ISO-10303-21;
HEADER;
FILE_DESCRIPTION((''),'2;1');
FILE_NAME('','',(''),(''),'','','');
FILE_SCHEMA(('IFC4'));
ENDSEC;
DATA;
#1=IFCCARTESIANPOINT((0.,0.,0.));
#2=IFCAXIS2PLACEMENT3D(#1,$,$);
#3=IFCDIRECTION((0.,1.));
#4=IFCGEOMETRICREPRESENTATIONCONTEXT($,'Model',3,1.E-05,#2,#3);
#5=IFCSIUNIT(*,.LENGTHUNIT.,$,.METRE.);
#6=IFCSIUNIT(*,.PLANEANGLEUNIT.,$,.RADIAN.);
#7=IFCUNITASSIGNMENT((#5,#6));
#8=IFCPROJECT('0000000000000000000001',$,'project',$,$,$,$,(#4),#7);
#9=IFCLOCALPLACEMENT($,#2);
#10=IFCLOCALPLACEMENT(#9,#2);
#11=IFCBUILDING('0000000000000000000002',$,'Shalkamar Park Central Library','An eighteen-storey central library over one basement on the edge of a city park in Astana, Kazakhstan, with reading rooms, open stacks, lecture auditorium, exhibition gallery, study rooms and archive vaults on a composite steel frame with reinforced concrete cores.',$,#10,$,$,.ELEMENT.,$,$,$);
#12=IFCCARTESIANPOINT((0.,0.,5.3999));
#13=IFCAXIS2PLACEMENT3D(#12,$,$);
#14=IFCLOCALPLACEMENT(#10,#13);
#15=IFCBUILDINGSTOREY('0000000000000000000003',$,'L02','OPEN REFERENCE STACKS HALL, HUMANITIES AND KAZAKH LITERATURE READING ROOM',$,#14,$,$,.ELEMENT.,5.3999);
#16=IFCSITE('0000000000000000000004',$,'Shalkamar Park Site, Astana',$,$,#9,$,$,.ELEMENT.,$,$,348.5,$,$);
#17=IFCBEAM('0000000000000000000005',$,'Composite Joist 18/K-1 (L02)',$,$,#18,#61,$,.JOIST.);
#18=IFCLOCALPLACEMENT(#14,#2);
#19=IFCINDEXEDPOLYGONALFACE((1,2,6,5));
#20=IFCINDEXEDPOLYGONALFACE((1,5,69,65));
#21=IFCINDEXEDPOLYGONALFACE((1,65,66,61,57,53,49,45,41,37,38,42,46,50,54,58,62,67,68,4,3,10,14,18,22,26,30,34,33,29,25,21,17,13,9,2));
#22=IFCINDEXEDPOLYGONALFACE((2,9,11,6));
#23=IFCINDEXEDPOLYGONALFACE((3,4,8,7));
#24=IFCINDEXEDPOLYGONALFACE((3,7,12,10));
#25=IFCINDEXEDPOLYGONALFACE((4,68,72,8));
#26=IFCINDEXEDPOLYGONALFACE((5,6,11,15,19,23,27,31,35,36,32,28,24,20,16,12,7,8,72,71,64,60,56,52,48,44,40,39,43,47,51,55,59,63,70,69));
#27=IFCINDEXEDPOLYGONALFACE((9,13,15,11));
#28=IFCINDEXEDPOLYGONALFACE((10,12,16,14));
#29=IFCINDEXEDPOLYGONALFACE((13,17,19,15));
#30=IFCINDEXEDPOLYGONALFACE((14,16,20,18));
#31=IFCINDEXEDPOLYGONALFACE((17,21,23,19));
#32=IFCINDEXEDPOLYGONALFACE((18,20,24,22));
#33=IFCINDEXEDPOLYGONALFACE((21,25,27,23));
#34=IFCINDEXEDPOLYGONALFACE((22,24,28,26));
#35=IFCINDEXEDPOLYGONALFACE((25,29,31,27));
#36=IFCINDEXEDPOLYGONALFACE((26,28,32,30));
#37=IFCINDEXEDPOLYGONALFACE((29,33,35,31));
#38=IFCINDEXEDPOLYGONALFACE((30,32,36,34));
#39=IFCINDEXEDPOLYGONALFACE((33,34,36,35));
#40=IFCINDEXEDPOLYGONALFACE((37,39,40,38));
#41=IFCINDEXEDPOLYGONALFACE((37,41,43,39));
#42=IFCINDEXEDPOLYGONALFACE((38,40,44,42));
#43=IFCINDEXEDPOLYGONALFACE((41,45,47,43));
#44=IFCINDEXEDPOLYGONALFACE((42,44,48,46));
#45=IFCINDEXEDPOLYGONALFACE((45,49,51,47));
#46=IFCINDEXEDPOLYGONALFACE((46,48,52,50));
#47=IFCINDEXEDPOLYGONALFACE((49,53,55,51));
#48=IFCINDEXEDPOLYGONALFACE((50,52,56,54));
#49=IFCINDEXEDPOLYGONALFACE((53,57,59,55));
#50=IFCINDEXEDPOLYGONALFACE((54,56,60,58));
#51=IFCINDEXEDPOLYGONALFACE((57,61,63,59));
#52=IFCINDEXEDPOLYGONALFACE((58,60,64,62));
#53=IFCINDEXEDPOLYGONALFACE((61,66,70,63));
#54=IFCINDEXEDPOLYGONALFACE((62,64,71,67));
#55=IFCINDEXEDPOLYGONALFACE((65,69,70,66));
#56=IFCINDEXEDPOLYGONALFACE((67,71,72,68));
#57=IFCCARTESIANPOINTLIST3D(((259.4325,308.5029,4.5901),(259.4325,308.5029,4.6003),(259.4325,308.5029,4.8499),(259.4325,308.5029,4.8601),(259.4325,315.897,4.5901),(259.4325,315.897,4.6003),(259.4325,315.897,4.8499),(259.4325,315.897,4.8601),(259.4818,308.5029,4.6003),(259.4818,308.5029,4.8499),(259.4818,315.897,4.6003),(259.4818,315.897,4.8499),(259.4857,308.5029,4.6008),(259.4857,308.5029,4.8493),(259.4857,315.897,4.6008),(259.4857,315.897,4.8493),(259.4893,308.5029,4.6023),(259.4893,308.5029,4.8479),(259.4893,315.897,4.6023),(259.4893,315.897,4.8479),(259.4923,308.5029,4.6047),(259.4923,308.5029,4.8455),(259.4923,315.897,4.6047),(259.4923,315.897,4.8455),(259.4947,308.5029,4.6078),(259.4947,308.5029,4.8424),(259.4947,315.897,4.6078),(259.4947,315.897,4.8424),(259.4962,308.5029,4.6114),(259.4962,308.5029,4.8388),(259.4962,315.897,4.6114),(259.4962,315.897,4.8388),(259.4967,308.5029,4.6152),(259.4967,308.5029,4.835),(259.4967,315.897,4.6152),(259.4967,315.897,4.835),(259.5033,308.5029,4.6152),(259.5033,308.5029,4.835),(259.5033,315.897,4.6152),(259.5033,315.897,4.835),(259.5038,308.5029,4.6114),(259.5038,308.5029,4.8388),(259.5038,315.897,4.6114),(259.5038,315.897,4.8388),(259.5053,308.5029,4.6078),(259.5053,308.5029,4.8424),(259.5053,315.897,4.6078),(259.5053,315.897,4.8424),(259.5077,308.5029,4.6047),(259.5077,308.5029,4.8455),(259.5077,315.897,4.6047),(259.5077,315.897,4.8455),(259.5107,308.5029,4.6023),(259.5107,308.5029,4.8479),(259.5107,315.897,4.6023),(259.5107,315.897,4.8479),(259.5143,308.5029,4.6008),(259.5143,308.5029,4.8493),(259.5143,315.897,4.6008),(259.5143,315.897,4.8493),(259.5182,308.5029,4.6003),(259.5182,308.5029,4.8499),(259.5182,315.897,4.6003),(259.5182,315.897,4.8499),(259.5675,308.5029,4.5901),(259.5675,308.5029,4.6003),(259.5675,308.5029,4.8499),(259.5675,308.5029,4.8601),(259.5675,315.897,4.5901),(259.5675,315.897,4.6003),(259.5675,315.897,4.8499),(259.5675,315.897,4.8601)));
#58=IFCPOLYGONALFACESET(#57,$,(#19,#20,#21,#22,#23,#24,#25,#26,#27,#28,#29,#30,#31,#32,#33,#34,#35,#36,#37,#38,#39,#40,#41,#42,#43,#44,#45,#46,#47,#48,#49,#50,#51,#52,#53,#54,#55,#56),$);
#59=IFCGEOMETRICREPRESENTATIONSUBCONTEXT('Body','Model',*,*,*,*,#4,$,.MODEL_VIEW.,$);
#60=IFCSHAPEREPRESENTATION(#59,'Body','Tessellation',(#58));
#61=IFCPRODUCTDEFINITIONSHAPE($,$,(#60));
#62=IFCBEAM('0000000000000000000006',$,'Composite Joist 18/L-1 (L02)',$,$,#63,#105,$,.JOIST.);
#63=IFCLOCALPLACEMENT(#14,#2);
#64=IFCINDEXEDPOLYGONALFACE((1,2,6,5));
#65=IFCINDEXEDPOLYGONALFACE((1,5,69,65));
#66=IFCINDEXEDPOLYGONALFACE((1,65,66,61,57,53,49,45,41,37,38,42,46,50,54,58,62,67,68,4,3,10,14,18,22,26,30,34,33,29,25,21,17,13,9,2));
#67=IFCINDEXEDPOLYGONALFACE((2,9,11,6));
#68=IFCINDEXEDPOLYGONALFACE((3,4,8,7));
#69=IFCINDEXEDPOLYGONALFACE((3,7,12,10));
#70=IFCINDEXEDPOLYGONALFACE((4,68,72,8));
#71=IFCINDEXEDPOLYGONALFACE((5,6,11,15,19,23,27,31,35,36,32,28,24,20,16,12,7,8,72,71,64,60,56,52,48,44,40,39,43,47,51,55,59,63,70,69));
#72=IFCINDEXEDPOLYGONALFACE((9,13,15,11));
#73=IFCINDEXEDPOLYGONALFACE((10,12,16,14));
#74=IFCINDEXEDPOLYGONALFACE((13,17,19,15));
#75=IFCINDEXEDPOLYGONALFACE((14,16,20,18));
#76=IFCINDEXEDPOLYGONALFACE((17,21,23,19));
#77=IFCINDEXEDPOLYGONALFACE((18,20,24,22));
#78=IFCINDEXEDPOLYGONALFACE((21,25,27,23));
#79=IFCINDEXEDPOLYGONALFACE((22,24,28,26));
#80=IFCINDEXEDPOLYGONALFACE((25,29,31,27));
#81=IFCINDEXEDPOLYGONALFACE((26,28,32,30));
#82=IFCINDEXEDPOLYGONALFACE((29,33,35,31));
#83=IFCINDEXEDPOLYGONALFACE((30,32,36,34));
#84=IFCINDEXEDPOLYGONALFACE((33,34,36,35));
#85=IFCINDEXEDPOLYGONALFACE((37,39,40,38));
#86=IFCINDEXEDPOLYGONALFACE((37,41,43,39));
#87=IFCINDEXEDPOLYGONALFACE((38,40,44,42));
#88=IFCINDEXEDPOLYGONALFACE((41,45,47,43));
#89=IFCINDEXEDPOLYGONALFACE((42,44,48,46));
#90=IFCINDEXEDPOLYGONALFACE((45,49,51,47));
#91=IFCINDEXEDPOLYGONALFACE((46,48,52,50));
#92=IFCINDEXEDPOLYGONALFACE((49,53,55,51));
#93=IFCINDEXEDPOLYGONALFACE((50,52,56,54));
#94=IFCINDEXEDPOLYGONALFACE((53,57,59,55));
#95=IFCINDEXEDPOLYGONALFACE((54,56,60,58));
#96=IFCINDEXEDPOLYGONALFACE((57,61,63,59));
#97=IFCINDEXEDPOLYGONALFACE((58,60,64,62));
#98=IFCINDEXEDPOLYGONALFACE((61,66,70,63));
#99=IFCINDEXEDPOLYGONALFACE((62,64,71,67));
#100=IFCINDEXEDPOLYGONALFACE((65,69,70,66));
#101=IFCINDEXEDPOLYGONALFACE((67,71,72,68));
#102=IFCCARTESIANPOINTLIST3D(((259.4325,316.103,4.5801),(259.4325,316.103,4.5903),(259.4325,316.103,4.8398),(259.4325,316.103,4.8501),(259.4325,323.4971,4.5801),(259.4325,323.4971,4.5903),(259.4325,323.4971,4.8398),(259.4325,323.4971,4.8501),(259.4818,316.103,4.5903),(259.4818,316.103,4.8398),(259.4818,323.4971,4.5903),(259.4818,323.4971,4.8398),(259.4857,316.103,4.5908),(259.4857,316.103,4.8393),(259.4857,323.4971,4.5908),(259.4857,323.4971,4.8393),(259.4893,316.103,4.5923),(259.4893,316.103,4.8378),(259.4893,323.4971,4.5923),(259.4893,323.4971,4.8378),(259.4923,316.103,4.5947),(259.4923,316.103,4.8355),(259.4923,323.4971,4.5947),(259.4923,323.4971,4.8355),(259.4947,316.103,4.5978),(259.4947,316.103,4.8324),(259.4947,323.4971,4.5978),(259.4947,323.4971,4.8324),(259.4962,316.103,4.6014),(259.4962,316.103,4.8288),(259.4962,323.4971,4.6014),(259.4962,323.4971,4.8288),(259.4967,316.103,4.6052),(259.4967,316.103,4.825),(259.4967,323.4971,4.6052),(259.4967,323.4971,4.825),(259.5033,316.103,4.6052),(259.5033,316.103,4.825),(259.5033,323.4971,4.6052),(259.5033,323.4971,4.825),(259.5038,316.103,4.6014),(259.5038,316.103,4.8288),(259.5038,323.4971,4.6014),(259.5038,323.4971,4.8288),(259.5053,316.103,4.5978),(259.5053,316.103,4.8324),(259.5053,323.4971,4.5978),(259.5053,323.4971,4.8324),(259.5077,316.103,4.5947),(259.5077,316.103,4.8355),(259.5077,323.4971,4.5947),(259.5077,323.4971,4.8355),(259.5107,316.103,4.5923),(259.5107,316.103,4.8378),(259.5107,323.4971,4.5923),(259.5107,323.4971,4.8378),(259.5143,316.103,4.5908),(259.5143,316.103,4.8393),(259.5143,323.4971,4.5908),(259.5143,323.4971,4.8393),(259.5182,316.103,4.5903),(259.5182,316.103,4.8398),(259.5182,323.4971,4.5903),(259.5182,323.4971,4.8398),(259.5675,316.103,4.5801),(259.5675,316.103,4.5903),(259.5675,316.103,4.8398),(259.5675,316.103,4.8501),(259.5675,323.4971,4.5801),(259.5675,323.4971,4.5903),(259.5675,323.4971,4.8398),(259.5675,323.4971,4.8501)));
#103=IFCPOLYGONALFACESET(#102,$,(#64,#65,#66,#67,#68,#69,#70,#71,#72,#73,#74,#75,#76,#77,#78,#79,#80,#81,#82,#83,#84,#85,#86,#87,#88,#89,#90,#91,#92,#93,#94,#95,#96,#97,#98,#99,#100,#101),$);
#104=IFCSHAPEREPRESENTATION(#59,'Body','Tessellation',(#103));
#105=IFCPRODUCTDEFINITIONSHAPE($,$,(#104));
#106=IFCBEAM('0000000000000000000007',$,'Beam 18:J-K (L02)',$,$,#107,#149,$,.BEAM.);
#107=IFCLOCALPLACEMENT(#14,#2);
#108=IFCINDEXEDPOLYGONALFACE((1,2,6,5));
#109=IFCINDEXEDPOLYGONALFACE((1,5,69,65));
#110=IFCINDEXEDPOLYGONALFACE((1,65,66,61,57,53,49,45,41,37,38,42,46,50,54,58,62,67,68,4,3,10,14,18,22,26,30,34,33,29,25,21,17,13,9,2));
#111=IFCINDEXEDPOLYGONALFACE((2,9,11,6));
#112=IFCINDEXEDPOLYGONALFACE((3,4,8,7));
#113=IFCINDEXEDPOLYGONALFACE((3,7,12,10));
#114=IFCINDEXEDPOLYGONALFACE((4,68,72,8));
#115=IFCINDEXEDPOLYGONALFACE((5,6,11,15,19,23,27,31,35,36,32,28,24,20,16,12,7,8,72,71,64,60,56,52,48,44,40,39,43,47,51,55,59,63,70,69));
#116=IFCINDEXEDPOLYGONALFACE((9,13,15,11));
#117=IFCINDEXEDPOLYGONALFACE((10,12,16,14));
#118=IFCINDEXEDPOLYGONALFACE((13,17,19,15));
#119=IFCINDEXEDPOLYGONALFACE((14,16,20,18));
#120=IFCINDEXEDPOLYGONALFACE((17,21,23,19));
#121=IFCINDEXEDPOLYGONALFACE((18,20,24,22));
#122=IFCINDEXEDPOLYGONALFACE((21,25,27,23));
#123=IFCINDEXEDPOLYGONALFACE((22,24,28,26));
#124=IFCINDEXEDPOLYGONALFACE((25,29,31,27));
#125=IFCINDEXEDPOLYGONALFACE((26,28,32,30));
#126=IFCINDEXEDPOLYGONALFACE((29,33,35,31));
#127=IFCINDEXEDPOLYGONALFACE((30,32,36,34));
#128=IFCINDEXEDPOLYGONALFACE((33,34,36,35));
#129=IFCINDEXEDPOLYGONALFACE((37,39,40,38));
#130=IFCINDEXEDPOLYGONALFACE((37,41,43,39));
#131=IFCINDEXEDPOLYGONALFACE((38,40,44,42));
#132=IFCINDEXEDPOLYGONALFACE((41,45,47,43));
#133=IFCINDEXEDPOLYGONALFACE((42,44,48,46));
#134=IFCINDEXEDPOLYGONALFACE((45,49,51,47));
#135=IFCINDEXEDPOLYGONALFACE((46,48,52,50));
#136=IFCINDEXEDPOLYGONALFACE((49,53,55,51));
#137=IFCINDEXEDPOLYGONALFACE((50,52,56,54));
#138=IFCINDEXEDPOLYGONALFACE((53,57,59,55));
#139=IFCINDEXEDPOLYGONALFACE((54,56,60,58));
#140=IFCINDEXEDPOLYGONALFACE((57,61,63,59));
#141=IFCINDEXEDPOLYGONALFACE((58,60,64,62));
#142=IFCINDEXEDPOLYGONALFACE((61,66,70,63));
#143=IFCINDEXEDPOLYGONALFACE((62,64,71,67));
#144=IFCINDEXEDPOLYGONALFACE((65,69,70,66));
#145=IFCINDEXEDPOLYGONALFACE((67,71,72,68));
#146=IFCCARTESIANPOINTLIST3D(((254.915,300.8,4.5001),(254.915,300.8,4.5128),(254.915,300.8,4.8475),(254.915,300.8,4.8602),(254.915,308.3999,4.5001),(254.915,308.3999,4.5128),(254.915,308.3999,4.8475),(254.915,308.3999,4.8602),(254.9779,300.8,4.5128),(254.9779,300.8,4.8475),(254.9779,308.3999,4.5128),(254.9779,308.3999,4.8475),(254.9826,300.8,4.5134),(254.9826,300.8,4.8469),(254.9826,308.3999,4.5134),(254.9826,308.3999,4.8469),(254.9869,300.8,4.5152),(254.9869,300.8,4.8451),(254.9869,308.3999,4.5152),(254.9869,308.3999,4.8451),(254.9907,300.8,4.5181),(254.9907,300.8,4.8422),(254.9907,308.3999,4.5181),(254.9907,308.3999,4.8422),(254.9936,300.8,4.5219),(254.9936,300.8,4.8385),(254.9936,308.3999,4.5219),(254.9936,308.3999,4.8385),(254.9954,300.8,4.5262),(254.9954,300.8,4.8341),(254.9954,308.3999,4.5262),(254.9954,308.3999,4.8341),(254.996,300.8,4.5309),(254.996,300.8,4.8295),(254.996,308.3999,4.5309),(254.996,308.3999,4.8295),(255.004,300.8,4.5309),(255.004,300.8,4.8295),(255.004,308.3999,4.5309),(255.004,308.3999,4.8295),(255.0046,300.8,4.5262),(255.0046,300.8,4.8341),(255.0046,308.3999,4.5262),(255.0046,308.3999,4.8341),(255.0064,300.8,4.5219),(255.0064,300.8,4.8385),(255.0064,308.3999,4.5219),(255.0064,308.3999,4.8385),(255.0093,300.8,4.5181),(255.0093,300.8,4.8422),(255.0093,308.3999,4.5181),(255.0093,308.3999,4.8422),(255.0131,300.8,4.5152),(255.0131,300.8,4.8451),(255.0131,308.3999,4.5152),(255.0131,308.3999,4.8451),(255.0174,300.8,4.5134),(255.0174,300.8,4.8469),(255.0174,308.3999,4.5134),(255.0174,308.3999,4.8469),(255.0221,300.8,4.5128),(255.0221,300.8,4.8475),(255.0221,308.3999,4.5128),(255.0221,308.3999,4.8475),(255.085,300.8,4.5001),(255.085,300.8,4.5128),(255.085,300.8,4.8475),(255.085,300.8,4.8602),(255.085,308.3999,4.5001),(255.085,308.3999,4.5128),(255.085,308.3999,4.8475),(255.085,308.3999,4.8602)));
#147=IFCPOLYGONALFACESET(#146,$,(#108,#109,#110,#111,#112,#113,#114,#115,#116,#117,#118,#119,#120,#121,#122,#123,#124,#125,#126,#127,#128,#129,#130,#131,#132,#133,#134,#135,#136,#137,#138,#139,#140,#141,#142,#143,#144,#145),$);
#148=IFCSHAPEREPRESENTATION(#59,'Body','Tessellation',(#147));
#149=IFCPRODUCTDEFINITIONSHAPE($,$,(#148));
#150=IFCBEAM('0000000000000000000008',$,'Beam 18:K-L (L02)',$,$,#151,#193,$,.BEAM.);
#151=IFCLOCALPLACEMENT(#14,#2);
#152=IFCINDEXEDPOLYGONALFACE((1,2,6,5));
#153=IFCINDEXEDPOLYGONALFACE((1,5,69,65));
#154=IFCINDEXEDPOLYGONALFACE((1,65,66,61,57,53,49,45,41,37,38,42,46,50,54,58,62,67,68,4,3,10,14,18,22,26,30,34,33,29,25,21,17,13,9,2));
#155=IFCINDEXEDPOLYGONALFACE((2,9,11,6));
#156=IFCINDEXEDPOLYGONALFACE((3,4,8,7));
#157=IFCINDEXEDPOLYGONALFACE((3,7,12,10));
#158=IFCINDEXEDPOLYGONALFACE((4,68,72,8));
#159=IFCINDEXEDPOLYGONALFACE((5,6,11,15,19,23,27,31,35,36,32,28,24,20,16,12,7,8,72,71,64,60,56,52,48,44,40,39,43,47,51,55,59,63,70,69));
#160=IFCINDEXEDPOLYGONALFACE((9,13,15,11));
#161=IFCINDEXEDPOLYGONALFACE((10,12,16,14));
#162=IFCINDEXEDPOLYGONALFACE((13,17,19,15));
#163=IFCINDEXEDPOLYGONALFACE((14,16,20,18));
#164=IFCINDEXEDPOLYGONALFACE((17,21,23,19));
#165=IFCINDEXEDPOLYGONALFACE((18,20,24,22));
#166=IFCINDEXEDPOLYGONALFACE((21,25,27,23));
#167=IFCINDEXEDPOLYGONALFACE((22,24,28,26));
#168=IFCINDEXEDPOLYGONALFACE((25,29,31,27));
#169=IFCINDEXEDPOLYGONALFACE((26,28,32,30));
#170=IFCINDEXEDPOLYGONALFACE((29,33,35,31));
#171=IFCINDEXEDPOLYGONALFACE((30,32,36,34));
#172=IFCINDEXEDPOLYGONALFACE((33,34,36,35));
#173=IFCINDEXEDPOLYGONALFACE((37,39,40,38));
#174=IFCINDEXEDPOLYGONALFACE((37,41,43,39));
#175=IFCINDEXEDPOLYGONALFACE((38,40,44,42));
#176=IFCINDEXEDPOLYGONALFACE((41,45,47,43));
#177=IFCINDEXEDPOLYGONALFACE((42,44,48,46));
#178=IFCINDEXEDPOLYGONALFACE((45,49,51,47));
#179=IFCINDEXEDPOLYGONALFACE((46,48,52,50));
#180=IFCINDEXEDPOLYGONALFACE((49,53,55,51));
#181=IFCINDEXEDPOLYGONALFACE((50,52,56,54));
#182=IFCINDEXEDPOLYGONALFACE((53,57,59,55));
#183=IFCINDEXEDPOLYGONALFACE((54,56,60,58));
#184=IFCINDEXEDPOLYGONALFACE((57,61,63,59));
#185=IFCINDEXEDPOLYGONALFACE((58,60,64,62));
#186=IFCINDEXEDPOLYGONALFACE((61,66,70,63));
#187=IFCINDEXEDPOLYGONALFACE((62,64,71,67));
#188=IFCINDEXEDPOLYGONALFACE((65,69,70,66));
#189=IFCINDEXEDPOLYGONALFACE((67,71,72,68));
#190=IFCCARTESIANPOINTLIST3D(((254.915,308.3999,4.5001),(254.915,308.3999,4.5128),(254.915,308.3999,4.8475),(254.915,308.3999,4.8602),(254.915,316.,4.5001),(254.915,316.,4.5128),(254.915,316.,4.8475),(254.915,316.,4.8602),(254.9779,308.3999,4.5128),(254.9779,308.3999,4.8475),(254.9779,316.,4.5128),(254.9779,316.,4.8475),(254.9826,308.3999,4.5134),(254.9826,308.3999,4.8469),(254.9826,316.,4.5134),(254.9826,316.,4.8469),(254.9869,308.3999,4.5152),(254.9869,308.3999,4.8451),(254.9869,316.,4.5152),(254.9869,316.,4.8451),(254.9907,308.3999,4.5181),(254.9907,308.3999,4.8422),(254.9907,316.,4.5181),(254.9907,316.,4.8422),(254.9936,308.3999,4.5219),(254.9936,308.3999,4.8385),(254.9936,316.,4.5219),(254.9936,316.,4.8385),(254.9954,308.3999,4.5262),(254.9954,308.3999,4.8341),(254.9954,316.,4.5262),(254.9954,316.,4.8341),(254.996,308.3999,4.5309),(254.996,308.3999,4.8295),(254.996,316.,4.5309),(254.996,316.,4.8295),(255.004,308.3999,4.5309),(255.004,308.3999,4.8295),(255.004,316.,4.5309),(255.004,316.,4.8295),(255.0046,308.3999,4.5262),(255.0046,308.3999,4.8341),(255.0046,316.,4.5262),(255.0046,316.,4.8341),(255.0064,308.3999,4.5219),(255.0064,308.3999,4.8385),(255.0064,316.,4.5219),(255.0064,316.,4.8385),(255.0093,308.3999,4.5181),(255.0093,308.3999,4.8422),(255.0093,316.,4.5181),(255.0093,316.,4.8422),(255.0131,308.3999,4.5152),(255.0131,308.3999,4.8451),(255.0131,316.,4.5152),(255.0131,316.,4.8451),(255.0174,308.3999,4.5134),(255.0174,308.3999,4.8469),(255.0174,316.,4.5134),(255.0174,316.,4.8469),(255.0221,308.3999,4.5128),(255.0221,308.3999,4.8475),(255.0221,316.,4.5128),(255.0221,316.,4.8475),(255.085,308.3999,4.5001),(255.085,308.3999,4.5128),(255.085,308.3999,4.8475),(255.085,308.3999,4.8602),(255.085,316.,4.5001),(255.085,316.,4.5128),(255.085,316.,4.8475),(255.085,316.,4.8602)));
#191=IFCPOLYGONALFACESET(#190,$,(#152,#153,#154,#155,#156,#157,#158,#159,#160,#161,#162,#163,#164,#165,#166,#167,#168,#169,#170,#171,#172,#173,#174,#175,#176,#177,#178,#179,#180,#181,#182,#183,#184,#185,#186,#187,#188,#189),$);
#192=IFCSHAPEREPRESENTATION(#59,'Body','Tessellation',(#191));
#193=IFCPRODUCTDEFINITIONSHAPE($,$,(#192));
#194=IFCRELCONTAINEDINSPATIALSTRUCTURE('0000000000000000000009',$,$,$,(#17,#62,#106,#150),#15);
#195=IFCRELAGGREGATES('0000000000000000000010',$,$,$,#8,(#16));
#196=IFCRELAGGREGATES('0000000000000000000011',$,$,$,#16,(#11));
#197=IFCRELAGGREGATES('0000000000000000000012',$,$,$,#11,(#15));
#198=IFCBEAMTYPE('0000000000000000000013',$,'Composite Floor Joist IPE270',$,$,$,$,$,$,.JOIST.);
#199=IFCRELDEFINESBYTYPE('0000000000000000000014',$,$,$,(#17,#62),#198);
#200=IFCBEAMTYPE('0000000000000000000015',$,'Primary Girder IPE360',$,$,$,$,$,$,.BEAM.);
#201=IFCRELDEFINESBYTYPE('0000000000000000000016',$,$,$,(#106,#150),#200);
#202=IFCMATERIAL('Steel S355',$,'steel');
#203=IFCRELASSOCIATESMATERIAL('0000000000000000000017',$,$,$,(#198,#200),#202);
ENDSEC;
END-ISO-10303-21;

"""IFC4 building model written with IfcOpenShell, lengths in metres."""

from ifc_helpers import new_model, si_unit, direction, frame, origin, origin_2d, place, context, subcontext, project, spatial, i_section, extrude, material, material_profile, profile_set, type_object, element, save


model = new_model("IFC4")

# Units and contexts
model_context = context("Model", 3, precision=1e-05, world=origin(), true_north=direction((0.0, 1.0)))
body_context = subcontext(model_context, "Body", "Model", "MODEL_VIEW")
ifc_project = project(units=[si_unit("LENGTHUNIT", "METRE"), si_unit("PLANEANGLEUNIT", "RADIAN")], contexts=[model_context])

# Site, building, storey
site_placement = place(None, origin())
site = spatial("IfcSite", under=ifc_project, at=site_placement, Name="Shalkamar Park Site, Astana", CompositionType="ELEMENT", RefElevation=348.5)
building_placement = place(site_placement, origin())
building = spatial("IfcBuilding", under=site, at=building_placement, Name="Shalkamar Park Central Library", Description="An eighteen-storey central library over one basement on the edge of a city park in Astana, Kazakhstan, with reading rooms, open stacks, lecture auditorium, exhibition gallery, study rooms and archive vaults on a composite steel frame with reinforced concrete cores.", CompositionType="ELEMENT")
storey_placement = place(building_placement, frame((0.0, 0.0, 5.3999)))
storey = spatial("IfcBuildingStorey", under=building, at=storey_placement, Name="L02", Description="OPEN REFERENCE STACKS HALL, HUMANITIES AND KAZAKH LITERATURE READING ROOM", CompositionType="ELEMENT", Elevation=5.3999)

# Shared definitions
ifc_material_1 = material(Name="Steel S355", Category="steel")

# Beams
ifc_material_profile_1 = material_profile(ifc_material_1, i_section(OverallWidth=0.135, OverallDepth=0.27, WebThickness=0.0066, FlangeThickness=0.0103, FilletRadius=0.0149, at=origin_2d()), Name="IPE 270")
ifc_profile_set_1 = profile_set([ifc_material_profile_1], Name="Steel S355")
beam_type_1 = type_object("IfcBeamType", Name="Composite Floor Joist IPE270", PredefinedType="JOIST", material=ifc_profile_set_1)
for number, where, z_axis, x_axis, name in (
    (1, (259.5, 308.5029, 4.7251), (0.0, 1.0, 0.0), (-1.0, 0.0, 0.0), "Composite Joist 18/K-1 (L02)"),
    (2, (259.5, 316.103, 4.7151), (0.0, 1.0, 0.0), (-1.0, 0.0, 0.0), "Composite Joist 18/L-1 (L02)"),
):
    element("IfcBeam", number, at=place(storey_placement, frame(where, z_axis=z_axis, x_axis=x_axis)), inside=storey, type_object=beam_type_1, Name=name, PredefinedType="JOIST", context=body_context, shape_type="SweptSolid", body=[
        extrude(i_section(OverallWidth=0.135, OverallDepth=0.27, WebThickness=0.0066, FlangeThickness=0.0103, FilletRadius=0.0149, at=origin_2d()), origin(), (0.0, 0.0, 1.0), 7.394),
    ])
ifc_material_profile_2 = material_profile(ifc_material_1, i_section(OverallWidth=0.1699, OverallDepth=0.3601, WebThickness=0.0081, FlangeThickness=0.0127, FilletRadius=0.0181, at=origin_2d()), Name="IPE 360")
ifc_profile_set_2 = profile_set([ifc_material_profile_2], Name="Steel S355")
beam_type_2 = type_object("IfcBeamType", Name="Primary Girder IPE360", PredefinedType="BEAM", material=ifc_profile_set_2)
beam_1_placement = place(storey_placement, frame((255.0, 300.8, 4.6802), z_axis=(0.0, 1.0, 0.0), x_axis=(-1.0, 0.0, 0.0)))
element("IfcBeam", 3, at=beam_1_placement, inside=storey, type_object=beam_type_2, Name="Beam 18:J-K (L02)", PredefinedType="BEAM", context=body_context, shape_type="SweptSolid", body=[
    extrude(i_section(OverallWidth=0.1699, OverallDepth=0.3601, WebThickness=0.0081, FlangeThickness=0.0127, FilletRadius=0.0181, at=origin_2d()), origin(), (0.0, 0.0, 1.0), 7.5999),
])
for number, where, z_axis, x_axis, name in (
    (4, (255.0, 308.3999, 4.6802), (0.0, 1.0, 0.0), (-1.0, 0.0, 0.0), "Beam 18:K-L (L02)"),
):
    element("IfcBeam", number, at=place(storey_placement, frame(where, z_axis=z_axis, x_axis=x_axis)), inside=storey, type_object=beam_type_2, Name=name, PredefinedType="BEAM", context=body_context, shape_type="SweptSolid", body=[
        extrude(i_section(OverallWidth=0.1699, OverallDepth=0.3601, WebThickness=0.0081, FlangeThickness=0.0127, FilletRadius=0.0181, at=origin_2d()), origin(), (0.0, 0.0, 1.0), 7.6001),
    ])

save(model, "model.ifc")
